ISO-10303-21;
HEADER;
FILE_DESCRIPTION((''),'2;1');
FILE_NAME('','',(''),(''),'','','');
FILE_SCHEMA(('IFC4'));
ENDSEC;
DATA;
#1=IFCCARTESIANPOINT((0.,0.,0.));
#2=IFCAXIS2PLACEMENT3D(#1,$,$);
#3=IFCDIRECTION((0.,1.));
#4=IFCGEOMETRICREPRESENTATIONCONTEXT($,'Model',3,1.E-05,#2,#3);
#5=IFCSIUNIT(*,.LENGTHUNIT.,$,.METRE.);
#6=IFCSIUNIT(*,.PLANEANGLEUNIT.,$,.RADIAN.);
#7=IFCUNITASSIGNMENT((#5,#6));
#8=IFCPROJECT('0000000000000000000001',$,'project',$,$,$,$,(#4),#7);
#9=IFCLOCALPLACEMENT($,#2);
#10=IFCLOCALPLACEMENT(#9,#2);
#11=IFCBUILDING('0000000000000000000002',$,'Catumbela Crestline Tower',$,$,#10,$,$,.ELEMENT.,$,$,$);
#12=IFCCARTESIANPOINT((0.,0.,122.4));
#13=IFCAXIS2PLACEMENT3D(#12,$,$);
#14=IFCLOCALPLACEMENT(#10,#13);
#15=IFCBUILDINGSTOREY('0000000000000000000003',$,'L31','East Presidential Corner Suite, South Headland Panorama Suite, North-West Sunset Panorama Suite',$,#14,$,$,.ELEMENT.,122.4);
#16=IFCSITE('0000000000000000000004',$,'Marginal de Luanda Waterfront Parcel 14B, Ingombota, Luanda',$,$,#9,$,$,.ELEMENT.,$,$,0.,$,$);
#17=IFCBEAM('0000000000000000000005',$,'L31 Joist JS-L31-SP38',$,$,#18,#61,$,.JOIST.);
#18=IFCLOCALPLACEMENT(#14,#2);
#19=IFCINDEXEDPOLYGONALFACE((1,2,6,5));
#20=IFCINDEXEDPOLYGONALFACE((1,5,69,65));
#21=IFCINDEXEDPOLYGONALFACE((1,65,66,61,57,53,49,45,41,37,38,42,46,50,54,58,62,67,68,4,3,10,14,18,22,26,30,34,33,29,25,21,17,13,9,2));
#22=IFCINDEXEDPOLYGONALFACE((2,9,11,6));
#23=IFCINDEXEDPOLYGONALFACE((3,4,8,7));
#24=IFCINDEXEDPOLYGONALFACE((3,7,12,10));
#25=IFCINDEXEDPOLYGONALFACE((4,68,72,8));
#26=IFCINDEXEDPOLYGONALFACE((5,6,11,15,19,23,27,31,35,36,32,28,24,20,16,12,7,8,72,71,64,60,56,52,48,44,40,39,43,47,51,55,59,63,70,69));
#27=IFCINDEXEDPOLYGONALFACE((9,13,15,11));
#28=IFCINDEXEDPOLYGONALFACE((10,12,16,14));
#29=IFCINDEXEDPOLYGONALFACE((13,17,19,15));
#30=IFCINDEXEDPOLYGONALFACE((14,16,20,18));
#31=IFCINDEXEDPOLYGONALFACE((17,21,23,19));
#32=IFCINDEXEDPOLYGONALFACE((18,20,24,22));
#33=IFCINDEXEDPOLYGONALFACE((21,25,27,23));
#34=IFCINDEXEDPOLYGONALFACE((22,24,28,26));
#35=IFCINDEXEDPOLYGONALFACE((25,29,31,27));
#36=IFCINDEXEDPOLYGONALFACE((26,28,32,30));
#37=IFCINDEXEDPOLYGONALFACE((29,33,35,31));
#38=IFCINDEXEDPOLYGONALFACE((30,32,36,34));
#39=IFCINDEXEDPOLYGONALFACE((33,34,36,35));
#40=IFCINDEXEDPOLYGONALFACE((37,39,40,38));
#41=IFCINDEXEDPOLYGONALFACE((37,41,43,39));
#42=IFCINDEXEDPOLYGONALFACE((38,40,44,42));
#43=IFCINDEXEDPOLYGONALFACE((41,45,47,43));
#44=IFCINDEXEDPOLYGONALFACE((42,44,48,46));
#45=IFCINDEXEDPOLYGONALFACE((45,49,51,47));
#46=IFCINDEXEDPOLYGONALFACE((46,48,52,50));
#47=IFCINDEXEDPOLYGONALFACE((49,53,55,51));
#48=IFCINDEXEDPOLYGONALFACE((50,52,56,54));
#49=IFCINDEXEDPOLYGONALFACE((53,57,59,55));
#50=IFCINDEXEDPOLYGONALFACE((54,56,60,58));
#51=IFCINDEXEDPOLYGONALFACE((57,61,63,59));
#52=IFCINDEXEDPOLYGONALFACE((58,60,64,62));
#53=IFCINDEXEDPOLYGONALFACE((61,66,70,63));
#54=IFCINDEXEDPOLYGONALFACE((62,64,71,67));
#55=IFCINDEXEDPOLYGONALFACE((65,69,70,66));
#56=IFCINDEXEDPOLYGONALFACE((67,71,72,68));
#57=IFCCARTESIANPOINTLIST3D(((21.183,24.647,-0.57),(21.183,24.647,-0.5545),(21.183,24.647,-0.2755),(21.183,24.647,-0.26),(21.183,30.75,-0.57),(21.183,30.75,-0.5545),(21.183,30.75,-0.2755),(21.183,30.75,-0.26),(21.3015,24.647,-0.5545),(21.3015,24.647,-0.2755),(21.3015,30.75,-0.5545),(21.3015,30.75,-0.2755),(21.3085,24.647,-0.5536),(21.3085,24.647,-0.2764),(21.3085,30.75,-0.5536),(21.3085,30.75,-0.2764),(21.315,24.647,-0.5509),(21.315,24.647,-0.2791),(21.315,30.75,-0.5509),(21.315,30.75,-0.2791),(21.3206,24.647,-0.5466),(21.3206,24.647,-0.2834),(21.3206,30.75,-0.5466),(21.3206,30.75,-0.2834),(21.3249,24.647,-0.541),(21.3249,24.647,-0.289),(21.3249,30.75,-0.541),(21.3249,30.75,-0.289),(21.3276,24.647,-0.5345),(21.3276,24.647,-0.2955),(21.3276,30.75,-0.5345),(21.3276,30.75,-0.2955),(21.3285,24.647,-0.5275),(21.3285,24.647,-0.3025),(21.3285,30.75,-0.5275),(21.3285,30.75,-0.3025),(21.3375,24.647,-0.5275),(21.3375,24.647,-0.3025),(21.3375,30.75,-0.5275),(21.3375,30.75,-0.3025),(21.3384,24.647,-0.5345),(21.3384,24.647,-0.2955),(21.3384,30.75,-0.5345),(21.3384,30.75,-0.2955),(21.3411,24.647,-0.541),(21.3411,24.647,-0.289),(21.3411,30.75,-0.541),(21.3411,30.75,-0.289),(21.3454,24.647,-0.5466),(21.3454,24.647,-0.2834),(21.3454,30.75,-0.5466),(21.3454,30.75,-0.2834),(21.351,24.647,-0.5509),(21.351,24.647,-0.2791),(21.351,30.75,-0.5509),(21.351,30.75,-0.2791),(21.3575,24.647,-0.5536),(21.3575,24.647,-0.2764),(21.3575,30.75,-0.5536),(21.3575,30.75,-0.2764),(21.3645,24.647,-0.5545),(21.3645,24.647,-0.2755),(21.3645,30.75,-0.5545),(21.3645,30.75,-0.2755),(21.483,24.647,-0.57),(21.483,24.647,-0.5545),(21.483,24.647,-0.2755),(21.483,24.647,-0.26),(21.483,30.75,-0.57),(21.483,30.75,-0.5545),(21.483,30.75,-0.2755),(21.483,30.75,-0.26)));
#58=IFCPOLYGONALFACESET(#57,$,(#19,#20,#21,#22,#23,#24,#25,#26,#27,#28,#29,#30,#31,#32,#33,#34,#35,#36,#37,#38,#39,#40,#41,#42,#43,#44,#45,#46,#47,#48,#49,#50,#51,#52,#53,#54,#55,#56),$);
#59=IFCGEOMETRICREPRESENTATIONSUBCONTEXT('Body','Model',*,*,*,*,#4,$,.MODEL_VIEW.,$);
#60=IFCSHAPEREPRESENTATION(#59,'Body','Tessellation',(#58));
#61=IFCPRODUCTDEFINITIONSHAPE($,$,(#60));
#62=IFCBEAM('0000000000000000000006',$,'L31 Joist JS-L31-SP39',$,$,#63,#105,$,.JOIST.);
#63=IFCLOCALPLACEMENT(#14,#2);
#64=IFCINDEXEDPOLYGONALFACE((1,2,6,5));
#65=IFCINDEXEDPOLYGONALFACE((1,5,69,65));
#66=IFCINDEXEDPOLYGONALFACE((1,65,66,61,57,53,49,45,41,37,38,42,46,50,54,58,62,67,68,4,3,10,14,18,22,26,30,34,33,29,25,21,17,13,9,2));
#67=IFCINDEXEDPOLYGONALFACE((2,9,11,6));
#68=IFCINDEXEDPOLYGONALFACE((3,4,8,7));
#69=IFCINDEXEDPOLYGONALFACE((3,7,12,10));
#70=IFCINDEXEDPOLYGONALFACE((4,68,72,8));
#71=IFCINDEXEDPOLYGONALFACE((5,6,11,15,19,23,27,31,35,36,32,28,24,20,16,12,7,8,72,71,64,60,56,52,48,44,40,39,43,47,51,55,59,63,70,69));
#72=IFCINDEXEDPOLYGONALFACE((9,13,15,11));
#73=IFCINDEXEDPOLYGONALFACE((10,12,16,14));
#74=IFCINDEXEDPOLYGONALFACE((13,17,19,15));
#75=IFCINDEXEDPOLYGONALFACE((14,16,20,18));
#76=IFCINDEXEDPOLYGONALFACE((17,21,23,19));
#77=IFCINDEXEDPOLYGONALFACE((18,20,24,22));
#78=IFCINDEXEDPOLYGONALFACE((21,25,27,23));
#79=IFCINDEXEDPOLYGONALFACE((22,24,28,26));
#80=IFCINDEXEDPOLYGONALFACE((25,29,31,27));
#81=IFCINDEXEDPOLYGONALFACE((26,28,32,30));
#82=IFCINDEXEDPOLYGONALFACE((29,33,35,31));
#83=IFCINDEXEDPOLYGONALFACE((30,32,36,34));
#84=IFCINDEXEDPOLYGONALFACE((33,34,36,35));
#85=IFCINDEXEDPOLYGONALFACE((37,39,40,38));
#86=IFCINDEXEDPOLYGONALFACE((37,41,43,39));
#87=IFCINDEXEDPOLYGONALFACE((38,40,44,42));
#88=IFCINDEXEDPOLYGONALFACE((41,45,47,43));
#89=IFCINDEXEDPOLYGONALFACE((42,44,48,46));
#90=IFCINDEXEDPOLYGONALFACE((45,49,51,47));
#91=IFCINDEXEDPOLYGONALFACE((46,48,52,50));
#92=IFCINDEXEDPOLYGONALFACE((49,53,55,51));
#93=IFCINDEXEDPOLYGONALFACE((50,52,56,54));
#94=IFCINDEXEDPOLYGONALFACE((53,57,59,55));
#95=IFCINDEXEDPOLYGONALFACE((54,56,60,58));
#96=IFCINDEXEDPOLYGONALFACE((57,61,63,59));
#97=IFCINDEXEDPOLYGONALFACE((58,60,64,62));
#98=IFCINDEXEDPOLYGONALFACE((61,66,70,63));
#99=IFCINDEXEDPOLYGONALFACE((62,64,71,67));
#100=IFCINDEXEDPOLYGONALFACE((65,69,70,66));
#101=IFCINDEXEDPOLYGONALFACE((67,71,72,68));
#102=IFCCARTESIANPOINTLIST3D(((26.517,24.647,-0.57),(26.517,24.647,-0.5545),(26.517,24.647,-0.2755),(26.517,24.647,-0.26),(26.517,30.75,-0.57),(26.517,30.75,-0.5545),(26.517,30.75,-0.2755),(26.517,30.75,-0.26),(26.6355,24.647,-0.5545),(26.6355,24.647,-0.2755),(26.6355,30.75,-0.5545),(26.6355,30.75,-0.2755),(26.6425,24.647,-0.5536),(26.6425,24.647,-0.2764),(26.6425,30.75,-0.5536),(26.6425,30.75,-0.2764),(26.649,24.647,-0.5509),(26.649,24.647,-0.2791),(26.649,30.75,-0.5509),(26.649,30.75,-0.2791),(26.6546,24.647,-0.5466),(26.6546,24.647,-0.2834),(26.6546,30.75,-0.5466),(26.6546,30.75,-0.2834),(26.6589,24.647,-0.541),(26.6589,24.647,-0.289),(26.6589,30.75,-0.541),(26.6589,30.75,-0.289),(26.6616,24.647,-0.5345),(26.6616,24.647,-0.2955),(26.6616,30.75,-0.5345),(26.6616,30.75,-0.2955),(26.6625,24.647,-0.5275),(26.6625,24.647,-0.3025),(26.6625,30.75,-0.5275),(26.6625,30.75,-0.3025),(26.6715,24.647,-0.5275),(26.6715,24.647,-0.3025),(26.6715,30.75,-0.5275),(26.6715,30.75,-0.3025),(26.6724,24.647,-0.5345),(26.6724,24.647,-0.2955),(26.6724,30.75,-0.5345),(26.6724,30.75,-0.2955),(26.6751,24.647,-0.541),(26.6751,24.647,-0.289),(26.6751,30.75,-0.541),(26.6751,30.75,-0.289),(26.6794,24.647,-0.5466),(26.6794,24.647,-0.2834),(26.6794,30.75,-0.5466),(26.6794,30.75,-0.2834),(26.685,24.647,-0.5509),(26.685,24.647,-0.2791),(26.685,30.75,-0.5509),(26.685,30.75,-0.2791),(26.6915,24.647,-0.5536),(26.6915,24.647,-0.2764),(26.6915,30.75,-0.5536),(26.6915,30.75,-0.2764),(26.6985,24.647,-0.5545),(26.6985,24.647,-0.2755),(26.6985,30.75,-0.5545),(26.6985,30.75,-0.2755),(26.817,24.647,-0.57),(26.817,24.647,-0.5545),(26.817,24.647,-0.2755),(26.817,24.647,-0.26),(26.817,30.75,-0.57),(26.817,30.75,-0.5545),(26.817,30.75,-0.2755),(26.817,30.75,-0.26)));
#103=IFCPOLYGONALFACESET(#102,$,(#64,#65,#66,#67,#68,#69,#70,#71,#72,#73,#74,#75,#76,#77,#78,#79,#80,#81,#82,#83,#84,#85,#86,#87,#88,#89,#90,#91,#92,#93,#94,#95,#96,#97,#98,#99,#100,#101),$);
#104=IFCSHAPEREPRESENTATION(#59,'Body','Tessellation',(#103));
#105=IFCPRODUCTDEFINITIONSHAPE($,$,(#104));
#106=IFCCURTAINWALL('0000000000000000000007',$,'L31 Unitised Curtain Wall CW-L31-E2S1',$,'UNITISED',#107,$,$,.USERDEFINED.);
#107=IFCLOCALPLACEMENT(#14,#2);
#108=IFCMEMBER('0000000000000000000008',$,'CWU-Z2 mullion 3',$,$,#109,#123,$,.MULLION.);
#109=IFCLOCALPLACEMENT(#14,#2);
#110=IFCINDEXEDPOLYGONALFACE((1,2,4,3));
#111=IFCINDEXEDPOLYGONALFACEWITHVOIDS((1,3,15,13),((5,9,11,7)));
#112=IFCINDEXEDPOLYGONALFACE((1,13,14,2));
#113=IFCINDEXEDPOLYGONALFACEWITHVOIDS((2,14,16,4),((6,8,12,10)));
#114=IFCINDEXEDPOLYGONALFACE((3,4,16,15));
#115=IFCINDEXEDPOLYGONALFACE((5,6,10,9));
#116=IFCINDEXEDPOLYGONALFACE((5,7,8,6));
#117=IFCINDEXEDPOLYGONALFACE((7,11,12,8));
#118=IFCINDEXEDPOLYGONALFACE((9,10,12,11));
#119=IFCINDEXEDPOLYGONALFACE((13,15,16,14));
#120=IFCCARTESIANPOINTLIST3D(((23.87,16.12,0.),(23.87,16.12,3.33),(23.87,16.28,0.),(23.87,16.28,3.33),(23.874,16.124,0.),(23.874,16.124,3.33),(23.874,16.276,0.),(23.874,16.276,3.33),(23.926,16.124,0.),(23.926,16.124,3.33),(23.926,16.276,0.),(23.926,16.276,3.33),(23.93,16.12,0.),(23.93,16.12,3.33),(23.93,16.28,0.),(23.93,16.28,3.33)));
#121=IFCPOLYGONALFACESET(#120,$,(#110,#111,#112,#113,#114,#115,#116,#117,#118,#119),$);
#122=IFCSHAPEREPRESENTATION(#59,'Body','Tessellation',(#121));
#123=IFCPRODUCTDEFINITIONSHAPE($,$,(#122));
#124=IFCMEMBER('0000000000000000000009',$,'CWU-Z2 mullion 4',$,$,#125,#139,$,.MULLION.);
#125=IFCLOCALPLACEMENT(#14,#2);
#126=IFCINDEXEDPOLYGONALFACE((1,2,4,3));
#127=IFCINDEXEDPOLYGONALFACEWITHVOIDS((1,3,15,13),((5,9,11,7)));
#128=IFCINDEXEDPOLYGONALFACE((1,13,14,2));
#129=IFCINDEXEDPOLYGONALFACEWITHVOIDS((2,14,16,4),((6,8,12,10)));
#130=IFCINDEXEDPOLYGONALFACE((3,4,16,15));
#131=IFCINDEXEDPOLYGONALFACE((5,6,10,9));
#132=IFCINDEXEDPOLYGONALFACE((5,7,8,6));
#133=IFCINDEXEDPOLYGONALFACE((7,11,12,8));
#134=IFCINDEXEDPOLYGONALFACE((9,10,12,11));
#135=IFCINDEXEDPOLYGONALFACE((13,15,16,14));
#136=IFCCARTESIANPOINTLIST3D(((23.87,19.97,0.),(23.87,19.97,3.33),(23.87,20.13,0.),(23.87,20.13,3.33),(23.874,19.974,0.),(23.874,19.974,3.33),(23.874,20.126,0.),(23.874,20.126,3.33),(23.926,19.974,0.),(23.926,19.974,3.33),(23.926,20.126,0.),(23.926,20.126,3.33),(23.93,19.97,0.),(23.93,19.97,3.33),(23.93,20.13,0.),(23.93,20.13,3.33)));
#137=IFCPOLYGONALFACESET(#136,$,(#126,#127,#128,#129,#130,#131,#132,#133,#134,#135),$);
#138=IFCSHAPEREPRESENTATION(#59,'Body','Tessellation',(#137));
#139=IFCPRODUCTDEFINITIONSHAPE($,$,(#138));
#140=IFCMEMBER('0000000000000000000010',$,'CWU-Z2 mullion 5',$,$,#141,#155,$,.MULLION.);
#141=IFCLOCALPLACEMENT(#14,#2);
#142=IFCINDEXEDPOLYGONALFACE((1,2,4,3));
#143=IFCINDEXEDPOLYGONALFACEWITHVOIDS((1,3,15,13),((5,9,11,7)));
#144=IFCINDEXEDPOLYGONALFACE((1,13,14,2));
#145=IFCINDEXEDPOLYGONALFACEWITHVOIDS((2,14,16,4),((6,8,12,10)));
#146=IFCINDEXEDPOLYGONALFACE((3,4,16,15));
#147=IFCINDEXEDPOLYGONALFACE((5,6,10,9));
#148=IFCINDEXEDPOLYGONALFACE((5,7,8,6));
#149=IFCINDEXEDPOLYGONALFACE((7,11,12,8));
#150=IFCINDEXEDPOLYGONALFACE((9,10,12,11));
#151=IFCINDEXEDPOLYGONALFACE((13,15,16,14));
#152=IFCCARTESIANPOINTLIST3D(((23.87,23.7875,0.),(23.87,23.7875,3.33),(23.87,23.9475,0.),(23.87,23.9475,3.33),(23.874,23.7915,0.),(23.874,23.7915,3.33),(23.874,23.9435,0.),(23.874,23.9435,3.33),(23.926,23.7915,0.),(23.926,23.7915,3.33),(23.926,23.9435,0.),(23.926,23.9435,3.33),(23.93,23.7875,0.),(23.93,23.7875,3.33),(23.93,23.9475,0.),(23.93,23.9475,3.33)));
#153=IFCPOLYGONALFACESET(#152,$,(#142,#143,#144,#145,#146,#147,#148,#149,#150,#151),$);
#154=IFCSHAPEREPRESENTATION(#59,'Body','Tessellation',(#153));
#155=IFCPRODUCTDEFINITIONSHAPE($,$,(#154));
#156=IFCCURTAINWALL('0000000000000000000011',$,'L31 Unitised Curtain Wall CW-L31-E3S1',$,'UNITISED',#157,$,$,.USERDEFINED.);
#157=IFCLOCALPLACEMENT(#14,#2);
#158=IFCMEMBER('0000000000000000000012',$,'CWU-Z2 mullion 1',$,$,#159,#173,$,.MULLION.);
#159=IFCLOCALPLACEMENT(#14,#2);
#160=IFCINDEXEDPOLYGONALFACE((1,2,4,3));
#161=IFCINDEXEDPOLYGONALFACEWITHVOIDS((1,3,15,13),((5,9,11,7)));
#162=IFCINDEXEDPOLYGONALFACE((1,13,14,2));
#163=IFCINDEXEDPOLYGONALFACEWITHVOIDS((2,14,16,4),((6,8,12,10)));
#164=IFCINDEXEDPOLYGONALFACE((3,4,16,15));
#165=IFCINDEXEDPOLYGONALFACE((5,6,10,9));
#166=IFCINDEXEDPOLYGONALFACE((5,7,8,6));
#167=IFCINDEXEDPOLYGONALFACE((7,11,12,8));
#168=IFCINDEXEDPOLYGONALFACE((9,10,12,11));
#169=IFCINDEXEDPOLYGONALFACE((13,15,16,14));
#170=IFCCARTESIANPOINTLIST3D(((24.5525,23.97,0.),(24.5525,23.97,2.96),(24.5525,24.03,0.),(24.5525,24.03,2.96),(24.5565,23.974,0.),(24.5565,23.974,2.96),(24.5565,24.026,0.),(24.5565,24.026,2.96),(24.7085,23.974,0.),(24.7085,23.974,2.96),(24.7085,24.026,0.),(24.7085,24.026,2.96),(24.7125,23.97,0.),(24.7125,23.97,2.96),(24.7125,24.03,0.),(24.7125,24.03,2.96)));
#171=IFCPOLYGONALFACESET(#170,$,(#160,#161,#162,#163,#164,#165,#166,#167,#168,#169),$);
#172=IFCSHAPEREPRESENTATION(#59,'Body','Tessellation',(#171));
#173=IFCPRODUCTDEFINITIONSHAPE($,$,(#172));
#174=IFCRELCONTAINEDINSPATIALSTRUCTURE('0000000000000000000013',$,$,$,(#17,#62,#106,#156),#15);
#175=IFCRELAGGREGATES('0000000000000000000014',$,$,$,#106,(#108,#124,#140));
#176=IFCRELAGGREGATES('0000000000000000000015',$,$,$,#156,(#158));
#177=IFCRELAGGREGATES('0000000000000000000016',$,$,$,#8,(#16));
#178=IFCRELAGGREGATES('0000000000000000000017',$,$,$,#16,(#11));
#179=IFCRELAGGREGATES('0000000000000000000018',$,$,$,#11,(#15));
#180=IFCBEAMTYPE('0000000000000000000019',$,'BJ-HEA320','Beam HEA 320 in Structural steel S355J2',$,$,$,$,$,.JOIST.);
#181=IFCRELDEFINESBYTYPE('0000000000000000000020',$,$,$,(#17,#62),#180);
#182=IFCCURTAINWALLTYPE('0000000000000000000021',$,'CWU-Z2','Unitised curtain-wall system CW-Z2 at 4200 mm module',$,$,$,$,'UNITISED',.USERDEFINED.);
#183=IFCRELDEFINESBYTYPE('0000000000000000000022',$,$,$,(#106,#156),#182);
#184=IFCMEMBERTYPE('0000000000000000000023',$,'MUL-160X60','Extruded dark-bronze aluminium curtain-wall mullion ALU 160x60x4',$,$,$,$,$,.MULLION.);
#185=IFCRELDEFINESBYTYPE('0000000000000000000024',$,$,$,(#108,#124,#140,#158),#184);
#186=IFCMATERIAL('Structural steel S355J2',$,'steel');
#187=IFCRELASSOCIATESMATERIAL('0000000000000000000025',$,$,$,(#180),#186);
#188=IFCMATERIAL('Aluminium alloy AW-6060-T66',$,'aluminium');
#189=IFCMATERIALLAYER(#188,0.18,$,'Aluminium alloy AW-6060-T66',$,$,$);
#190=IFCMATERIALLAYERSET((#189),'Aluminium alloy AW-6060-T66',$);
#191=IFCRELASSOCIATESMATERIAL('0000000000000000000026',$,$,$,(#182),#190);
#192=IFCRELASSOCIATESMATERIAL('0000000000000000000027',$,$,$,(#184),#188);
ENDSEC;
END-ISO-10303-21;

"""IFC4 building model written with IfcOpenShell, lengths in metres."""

from ifc_helpers import new_model, si_unit, direction, frame, origin, origin_2d, place, context, subcontext, project, spatial, hollow_rectangle, i_section, extrude, material, layer, layer_set, material_profile, profile_set, type_object, element, aggregate, save


model = new_model("IFC4")

# Units and contexts
model_context = context("Model", 3, precision=1e-05, world=origin(), true_north=direction((0.0, 1.0)))
body_context = subcontext(model_context, "Body", "Model", "MODEL_VIEW")
ifc_project = project(units=[si_unit("LENGTHUNIT", "METRE"), si_unit("PLANEANGLEUNIT", "RADIAN")], contexts=[model_context])

# Site, building, storey
site_placement = place(None, origin())
site = spatial("IfcSite", under=ifc_project, at=site_placement, Name="Marginal de Luanda Waterfront Parcel 14B, Ingombota, Luanda", CompositionType="ELEMENT", RefElevation=0.0)
building_placement = place(site_placement, origin())
building = spatial("IfcBuilding", under=site, at=building_placement, Name="Catumbela Crestline Tower", CompositionType="ELEMENT")
storey_placement = place(building_placement, frame((0.0, 0.0, 122.4)))
storey = spatial("IfcBuildingStorey", under=building, at=storey_placement, Name="L31", Description="East Presidential Corner Suite, South Headland Panorama Suite, North-West Sunset Panorama Suite", CompositionType="ELEMENT", Elevation=122.4)

# Beams
ifc_material_1 = material(Name="Structural steel S355J2", Category="steel")
ifc_material_profile_1 = material_profile(ifc_material_1, i_section(OverallWidth=0.3, OverallDepth=0.31, WebThickness=0.009, FlangeThickness=0.0155, FilletRadius=0.027, at=origin_2d()), Name="HEA 320")
ifc_profile_set_1 = profile_set([ifc_material_profile_1], Name="Structural steel S355J2")
beam_type_1 = type_object("IfcBeamType", Name="BJ-HEA320", Description="Beam HEA 320 in Structural steel S355J2", PredefinedType="JOIST", material=ifc_profile_set_1)
for number, where, z_axis, x_axis, name in (
    (1, (21.333, 24.647, -0.415), (0.0, 1.0, 0.0), (-1.0, 0.0, 0.0), "L31 Joist JS-L31-SP38"),
    (2, (26.667, 24.647, -0.415), (0.0, 1.0, 0.0), (-1.0, 0.0, 0.0), "L31 Joist JS-L31-SP39"),
):
    element("IfcBeam", number, at=place(storey_placement, frame(where, z_axis=z_axis, x_axis=x_axis)), inside=storey, type_object=beam_type_1, Name=name, PredefinedType="JOIST", context=body_context, shape_type="SweptSolid", body=[
        extrude(i_section(OverallWidth=0.3, OverallDepth=0.31, WebThickness=0.009, FlangeThickness=0.0155, FilletRadius=0.027, at=origin_2d()), origin(), (0.0, 0.0, 1.0), 6.103),
    ])

# Curtain wall, members
ifc_material_2 = material(Name="Aluminium alloy AW-6060-T66", Category="aluminium")
ifc_layer_1 = layer(ifc_material_2, 0.18, Name="Aluminium alloy AW-6060-T66")
ifc_layer_set_1 = layer_set([ifc_layer_1], Name="Aluminium alloy AW-6060-T66")
curtain_wall_type = type_object("IfcCurtainWallType", Name="CWU-Z2", Description="Unitised curtain-wall system CW-Z2 at 4200 mm module", ElementType="UNITISED", PredefinedType="USERDEFINED", material=ifc_layer_set_1)
curtain_wall_1_placement = place(storey_placement, origin())
curtain_wall_1 = element("IfcCurtainWall", 3, at=curtain_wall_1_placement, inside=storey, type_object=curtain_wall_type, Name="L31 Unitised Curtain Wall CW-L31-E2S1", ObjectType="UNITISED", PredefinedType="USERDEFINED")
ifc_material_profile_2 = material_profile(ifc_material_2, hollow_rectangle(XDim=0.06, YDim=0.16, WallThickness=0.004, at=origin_2d()), Name="ALU 160x60x4")
ifc_profile_set_2 = profile_set([ifc_material_profile_2], Name="Aluminium alloy AW-6060-T66")
member_type_1 = type_object("IfcMemberType", Name="MUL-160X60", Description="Extruded dark-bronze aluminium curtain-wall mullion ALU 160x60x4", PredefinedType="MULLION", material=ifc_profile_set_2)
member_1_placement = place(storey_placement, frame((23.9, 16.2, 0.0), z_axis=(0.0, 0.0, 1.0), x_axis=(-1.0, 0.0, 0.0)))
member_1 = element("IfcMember", 4, at=member_1_placement, type_object=member_type_1, Name="CWU-Z2 mullion 3", PredefinedType="MULLION", context=body_context, shape_type="SweptSolid", body=[
    extrude(hollow_rectangle(XDim=0.06, YDim=0.16, WallThickness=0.004, at=origin_2d()), origin(), (0.0, 0.0, 1.0), 3.33),
])
member_2_placement = place(storey_placement, frame((23.9, 20.05, 0.0), z_axis=(0.0, 0.0, 1.0), x_axis=(-1.0, 0.0, 0.0)))
member_2 = element("IfcMember", 5, at=member_2_placement, type_object=member_type_1, Name="CWU-Z2 mullion 4", PredefinedType="MULLION", context=body_context, shape_type="SweptSolid", body=[
    extrude(hollow_rectangle(XDim=0.06, YDim=0.16, WallThickness=0.004, at=origin_2d()), origin(), (0.0, 0.0, 1.0), 3.33),
])
member_3_placement = place(storey_placement, frame((23.9, 23.8675, 0.0), z_axis=(0.0, 0.0, 1.0), x_axis=(-1.0, 0.0, 0.0)))
member_3 = element("IfcMember", 6, at=member_3_placement, type_object=member_type_1, Name="CWU-Z2 mullion 5", PredefinedType="MULLION", context=body_context, shape_type="SweptSolid", body=[
    extrude(hollow_rectangle(XDim=0.06, YDim=0.16, WallThickness=0.004, at=origin_2d()), origin(), (0.0, 0.0, 1.0), 3.33),
])

# Curtain wall, member
curtain_wall_2_placement = place(storey_placement, origin())
curtain_wall_2 = element("IfcCurtainWall", 7, at=curtain_wall_2_placement, inside=storey, type_object=curtain_wall_type, Name="L31 Unitised Curtain Wall CW-L31-E3S1", ObjectType="UNITISED", PredefinedType="USERDEFINED")
member_4_placement = place(storey_placement, frame((24.6325, 24.0, 0.0), z_axis=(0.0, 0.0, 1.0), x_axis=(0.0, 1.0, 0.0)))
member_4 = element("IfcMember", 8, at=member_4_placement, type_object=member_type_1, Name="CWU-Z2 mullion 1", PredefinedType="MULLION", context=body_context, shape_type="SweptSolid", body=[
    extrude(hollow_rectangle(XDim=0.06, YDim=0.16, WallThickness=0.004, at=origin_2d()), origin(), (0.0, 0.0, 1.0), 2.96),
])

aggregate(curtain_wall_1, [member_1, member_2, member_3])
aggregate(curtain_wall_2, [member_4])

save(model, "model.ifc")
